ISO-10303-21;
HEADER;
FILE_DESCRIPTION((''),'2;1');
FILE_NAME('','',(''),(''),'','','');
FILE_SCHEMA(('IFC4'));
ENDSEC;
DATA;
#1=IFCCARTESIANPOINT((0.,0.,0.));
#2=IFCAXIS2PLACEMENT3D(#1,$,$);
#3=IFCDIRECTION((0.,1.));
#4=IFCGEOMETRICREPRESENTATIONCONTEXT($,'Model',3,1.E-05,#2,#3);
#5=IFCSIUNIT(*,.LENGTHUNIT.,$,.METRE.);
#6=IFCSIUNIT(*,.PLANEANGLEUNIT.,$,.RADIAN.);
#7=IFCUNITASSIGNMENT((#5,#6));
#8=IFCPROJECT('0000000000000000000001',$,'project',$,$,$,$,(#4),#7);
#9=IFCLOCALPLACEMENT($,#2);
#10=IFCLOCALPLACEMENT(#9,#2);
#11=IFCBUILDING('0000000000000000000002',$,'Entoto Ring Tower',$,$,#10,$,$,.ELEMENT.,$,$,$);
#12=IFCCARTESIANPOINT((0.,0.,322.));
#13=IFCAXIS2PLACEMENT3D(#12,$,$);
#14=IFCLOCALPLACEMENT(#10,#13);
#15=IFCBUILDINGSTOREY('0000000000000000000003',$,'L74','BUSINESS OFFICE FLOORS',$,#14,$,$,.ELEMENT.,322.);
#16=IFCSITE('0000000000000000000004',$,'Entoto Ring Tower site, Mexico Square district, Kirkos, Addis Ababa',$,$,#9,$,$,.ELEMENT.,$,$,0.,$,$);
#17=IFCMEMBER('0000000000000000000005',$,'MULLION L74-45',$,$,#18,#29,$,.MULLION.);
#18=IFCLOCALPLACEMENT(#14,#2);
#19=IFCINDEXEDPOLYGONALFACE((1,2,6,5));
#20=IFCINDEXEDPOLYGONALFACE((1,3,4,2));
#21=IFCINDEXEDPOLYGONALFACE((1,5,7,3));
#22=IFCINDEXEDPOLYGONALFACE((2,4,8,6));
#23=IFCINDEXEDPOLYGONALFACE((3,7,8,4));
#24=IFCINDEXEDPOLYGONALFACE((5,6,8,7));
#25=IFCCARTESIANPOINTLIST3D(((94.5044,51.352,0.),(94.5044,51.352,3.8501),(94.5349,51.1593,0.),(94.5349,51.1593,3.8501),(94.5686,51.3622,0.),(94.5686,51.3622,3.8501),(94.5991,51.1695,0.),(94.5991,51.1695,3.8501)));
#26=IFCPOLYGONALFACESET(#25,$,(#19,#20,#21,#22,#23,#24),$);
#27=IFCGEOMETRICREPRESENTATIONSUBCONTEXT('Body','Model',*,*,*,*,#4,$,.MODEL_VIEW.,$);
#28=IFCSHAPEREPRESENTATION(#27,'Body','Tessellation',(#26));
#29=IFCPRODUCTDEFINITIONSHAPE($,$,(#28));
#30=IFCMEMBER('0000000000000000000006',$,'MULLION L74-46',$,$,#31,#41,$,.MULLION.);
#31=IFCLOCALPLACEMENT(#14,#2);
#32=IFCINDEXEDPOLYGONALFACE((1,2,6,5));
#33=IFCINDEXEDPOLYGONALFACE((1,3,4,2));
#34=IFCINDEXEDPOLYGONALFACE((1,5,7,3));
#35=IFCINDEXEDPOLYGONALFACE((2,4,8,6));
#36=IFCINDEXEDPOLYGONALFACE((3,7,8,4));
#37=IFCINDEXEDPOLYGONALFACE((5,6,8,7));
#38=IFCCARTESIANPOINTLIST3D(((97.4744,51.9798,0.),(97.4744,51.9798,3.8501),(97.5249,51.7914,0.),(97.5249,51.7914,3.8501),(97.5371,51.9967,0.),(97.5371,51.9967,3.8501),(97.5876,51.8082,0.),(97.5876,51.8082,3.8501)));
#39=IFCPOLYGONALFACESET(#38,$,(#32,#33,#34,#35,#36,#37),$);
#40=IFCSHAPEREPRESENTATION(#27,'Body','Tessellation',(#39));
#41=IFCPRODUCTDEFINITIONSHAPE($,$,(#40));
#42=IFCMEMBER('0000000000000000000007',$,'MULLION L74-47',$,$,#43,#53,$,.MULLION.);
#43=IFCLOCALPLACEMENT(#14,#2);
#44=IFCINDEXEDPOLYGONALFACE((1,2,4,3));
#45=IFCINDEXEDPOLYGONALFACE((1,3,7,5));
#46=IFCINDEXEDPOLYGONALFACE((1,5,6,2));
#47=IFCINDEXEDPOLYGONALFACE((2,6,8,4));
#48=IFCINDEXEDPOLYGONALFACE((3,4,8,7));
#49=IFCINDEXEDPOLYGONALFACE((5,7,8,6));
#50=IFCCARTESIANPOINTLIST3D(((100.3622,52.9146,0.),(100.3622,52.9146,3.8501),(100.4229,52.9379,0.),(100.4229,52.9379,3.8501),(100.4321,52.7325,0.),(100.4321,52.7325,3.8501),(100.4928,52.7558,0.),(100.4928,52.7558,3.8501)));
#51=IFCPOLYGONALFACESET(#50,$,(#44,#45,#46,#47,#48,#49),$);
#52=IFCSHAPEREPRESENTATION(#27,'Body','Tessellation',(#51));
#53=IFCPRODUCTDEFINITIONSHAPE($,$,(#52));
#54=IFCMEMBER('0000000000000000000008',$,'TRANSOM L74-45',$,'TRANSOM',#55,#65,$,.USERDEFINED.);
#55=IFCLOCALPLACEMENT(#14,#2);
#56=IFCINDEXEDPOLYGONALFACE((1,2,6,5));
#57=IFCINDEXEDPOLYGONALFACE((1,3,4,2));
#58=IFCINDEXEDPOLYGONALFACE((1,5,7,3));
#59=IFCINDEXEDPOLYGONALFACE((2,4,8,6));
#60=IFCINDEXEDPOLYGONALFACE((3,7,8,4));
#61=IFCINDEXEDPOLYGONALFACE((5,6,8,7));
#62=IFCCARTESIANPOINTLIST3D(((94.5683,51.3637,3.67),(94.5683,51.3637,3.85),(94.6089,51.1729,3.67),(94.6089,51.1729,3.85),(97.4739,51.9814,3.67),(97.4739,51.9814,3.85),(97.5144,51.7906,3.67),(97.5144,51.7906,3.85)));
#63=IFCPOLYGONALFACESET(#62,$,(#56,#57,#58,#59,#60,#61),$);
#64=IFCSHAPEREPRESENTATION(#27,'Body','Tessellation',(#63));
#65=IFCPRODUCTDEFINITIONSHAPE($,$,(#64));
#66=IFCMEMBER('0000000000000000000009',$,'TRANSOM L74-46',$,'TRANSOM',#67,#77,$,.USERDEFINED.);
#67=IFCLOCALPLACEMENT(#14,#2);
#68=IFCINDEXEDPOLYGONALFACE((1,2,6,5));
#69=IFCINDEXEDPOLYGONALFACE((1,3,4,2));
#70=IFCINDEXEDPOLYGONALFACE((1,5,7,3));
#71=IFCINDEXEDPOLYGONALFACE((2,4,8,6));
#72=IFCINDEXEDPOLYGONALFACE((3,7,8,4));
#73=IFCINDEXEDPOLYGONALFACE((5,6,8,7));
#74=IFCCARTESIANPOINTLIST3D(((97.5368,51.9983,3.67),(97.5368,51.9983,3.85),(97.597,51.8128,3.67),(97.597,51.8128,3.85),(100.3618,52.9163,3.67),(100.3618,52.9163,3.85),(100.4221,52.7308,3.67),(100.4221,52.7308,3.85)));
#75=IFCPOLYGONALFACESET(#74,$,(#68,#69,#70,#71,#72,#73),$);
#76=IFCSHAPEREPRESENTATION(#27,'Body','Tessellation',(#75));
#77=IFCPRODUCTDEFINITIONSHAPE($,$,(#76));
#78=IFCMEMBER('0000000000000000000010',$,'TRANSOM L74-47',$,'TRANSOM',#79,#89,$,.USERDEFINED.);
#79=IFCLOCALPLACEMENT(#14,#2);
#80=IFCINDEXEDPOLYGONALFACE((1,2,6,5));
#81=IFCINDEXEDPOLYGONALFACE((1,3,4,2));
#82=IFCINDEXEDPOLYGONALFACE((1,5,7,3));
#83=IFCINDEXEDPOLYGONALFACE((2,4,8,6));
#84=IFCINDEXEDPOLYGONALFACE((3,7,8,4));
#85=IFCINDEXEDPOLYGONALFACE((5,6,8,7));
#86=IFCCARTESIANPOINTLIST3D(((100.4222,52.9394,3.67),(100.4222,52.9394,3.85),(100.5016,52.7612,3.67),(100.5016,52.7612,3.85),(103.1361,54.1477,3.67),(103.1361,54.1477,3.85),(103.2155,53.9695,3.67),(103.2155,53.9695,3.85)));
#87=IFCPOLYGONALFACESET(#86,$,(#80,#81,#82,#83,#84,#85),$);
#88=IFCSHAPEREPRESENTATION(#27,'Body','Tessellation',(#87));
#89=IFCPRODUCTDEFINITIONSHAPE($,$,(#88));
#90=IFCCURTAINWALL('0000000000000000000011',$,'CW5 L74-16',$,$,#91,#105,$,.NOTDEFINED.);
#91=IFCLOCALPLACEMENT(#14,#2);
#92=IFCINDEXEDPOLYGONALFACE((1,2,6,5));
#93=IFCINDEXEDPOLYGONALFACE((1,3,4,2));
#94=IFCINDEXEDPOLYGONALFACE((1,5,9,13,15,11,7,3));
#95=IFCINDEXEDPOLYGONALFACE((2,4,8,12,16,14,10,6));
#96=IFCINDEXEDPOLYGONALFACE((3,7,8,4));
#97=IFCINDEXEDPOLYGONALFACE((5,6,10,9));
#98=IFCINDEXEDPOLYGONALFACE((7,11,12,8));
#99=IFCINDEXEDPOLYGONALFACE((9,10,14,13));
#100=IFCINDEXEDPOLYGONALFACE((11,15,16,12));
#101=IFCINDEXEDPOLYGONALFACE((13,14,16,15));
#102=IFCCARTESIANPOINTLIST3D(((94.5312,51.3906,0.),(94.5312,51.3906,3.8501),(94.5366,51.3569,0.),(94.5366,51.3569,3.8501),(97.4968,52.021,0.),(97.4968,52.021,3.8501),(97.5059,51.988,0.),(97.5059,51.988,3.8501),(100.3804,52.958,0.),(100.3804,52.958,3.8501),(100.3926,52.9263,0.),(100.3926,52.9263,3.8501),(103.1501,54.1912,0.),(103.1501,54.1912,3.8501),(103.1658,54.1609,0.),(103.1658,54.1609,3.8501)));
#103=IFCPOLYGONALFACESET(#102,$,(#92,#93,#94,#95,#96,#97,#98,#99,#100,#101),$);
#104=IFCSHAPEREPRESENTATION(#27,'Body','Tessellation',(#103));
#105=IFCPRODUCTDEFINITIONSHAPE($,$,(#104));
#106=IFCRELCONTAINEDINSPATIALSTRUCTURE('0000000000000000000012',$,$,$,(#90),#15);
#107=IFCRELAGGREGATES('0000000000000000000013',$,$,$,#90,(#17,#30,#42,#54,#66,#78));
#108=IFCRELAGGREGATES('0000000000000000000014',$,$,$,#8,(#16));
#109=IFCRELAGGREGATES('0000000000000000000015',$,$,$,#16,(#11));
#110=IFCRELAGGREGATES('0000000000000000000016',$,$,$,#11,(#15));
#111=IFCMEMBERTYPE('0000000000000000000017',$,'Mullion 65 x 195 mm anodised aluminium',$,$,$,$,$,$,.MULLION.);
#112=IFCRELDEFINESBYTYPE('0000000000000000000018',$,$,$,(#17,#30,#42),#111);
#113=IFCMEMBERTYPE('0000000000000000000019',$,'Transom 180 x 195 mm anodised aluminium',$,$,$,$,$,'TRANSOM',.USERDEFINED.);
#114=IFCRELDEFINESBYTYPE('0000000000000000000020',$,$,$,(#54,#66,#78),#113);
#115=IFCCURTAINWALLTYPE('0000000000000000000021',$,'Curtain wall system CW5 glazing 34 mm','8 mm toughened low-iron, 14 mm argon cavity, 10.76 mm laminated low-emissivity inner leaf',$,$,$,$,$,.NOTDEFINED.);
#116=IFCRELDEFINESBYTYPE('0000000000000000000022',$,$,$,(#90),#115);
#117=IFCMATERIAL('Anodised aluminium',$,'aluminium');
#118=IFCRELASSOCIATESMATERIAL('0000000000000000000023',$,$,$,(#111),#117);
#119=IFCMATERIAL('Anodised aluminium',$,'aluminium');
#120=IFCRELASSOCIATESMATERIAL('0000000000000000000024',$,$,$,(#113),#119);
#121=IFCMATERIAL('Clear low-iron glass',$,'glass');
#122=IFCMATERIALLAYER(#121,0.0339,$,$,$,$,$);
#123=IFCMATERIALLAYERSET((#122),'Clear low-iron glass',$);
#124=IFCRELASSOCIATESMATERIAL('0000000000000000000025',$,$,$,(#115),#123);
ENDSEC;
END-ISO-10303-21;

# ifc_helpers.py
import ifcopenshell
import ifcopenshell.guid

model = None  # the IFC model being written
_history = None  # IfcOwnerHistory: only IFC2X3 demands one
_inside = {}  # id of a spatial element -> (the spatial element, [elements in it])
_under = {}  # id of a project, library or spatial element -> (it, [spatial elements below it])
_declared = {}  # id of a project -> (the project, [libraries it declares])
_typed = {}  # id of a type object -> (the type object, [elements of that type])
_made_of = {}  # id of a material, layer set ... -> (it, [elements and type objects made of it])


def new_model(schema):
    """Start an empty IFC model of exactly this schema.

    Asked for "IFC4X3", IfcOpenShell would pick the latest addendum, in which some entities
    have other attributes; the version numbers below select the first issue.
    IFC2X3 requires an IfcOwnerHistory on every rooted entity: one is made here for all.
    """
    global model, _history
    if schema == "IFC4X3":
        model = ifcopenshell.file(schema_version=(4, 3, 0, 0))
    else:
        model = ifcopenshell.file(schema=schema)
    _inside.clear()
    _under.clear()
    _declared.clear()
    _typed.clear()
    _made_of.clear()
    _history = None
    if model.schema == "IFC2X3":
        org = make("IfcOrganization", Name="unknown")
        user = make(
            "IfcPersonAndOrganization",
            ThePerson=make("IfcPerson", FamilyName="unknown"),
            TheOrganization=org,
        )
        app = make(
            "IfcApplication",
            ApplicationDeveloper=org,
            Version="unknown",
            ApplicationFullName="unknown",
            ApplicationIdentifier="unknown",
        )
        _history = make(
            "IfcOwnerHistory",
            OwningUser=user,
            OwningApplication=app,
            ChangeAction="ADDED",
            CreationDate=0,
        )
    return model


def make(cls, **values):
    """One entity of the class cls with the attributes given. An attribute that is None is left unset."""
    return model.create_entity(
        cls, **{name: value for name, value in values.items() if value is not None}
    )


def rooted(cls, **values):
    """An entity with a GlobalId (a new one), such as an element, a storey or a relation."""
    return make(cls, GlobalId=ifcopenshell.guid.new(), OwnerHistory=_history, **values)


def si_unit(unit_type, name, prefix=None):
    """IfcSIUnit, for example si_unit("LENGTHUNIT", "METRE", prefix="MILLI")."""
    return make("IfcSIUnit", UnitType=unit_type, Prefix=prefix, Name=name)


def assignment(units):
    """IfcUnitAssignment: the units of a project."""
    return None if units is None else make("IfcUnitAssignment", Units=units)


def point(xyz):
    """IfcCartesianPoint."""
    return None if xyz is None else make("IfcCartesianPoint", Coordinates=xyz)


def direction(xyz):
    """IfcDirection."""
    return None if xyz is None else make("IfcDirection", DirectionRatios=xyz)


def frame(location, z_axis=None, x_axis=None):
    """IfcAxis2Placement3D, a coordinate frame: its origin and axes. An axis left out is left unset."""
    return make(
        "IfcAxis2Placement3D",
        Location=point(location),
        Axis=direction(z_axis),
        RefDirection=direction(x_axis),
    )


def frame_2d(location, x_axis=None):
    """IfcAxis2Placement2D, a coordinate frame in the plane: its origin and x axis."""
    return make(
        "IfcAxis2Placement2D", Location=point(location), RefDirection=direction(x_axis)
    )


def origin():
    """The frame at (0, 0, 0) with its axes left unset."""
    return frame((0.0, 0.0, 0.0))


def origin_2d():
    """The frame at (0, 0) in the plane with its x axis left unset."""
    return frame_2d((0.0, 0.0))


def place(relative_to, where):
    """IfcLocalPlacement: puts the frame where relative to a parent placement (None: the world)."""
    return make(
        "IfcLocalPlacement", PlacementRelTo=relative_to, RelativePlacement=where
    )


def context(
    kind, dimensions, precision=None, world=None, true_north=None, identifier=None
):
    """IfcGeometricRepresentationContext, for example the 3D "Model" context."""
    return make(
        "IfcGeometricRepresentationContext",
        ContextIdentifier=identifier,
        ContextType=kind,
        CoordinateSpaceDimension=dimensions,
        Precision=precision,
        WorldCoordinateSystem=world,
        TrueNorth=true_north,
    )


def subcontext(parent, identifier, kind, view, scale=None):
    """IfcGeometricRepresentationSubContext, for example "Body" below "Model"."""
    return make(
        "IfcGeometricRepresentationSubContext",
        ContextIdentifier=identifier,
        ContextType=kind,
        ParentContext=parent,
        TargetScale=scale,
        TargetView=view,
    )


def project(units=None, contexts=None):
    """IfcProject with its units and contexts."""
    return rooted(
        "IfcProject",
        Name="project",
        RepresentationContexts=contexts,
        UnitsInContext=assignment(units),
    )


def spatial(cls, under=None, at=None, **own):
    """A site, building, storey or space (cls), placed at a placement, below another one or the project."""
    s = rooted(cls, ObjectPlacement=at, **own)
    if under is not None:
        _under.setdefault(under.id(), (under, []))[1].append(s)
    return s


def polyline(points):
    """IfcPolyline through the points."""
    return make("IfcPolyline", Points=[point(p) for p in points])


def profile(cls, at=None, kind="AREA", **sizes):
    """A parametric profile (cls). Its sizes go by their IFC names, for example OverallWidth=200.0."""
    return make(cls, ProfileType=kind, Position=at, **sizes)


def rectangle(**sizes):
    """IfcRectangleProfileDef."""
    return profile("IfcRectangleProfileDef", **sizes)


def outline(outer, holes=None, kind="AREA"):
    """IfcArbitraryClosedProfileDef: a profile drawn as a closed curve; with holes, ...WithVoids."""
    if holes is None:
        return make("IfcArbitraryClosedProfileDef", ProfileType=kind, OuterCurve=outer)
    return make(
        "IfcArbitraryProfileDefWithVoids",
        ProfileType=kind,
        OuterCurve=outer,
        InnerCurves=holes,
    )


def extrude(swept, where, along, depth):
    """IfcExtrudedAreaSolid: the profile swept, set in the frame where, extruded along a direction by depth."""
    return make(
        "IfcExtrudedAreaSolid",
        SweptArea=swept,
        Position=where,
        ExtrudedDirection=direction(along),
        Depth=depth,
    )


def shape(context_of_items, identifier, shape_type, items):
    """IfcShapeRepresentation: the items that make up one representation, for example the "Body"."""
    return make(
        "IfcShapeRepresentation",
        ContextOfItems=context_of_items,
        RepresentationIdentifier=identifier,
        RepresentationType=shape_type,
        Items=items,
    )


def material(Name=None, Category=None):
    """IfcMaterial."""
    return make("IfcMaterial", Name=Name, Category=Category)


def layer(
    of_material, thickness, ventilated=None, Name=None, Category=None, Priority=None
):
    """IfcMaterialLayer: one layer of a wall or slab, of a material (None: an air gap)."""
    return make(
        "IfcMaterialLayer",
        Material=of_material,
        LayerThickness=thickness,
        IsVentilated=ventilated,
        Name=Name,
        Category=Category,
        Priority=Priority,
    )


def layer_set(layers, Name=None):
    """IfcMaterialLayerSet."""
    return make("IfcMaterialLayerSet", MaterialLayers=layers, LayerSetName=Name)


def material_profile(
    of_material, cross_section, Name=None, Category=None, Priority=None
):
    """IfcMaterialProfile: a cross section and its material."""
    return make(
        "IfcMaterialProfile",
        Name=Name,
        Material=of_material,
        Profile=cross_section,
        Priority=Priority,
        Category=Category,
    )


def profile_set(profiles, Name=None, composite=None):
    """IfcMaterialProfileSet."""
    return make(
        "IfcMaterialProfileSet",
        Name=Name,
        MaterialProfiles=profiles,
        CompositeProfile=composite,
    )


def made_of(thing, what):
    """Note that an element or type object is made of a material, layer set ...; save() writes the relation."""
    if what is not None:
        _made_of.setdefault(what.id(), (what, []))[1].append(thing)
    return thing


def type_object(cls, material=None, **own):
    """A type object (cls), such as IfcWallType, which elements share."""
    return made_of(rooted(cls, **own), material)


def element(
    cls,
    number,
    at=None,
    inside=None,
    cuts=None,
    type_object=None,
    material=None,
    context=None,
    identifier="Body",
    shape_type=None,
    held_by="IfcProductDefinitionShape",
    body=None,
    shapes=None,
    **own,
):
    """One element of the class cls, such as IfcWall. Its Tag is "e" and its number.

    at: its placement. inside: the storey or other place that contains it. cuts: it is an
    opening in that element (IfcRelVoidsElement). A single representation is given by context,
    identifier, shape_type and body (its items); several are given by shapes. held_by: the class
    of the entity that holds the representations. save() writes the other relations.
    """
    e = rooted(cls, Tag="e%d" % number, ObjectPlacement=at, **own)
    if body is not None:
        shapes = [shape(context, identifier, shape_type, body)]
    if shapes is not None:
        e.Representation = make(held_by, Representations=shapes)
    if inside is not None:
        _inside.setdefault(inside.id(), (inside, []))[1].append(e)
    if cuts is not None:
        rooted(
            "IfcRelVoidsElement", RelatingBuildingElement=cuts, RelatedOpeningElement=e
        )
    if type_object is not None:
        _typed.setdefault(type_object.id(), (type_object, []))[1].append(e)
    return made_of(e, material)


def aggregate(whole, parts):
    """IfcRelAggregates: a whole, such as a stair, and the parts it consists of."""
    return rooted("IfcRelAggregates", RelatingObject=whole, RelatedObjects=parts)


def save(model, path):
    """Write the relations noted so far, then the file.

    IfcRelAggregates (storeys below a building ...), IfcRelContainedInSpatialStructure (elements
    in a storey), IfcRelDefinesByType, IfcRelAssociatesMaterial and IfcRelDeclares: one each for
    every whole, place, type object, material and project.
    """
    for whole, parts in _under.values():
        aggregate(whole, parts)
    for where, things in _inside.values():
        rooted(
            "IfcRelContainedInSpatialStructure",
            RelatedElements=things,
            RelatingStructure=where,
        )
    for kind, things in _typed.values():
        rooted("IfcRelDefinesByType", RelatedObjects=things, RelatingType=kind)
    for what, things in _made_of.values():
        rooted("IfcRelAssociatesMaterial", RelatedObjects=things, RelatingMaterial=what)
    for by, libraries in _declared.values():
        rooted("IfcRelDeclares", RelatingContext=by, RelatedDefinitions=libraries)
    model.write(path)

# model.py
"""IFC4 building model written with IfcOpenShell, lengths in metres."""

from ifc_helpers import new_model, si_unit, direction, frame, origin, origin_2d, place, context, subcontext, project, spatial, polyline, rectangle, outline, extrude, material, layer, layer_set, material_profile, profile_set, type_object, element, aggregate, save


model = new_model("IFC4")

# Units and contexts
model_context = context("Model", 3, precision=1e-05, world=origin(), true_north=direction((0.0, 1.0)))
body_context = subcontext(model_context, "Body", "Model", "MODEL_VIEW")
ifc_project = project(units=[si_unit("LENGTHUNIT", "METRE"), si_unit("PLANEANGLEUNIT", "RADIAN")], contexts=[model_context])

# Members
ifc_material_1 = material(Name="Anodised aluminium", Category="aluminium")
ifc_material_profile_1 = material_profile(ifc_material_1, rectangle(XDim=0.0649, YDim=0.1951, at=origin_2d()), Name="Mullion 65 x 195 mm anodised aluminium")
ifc_profile_set_1 = profile_set([ifc_material_profile_1], Name="Anodised aluminium")
member_type_1 = type_object("IfcMemberType", Name="Mullion 65 x 195 mm anodised aluminium", PredefinedType="MULLION", material=ifc_profile_set_1)
site_placement = place(None, origin())
building_placement = place(site_placement, origin())
storey_placement = place(building_placement, frame((0.0, 0.0, 322.0)))
member_1_placement = place(storey_placement, frame((94.5518, 51.2607, 0.0), z_axis=(0.0, 0.0, 1.0), x_axis=(0.987688, 0.156434, 0.0)))
member_1 = element("IfcMember", 1, at=member_1_placement, type_object=member_type_1, Name="MULLION L74-45", PredefinedType="MULLION", context=body_context, shape_type="SweptSolid", body=[
    extrude(rectangle(XDim=0.0649, YDim=0.1951, at=origin_2d()), origin(), (0.0, 0.0, 1.0), 3.8501),
])
member_2_placement = place(storey_placement, frame((97.531, 51.894, 0.0), z_axis=(0.0, 0.0, 1.0), x_axis=(0.965926, 0.258819, 0.0)))
member_2 = element("IfcMember", 2, at=member_2_placement, type_object=member_type_1, Name="MULLION L74-46", PredefinedType="MULLION", context=body_context, shape_type="SweptSolid", body=[
    extrude(rectangle(XDim=0.0649, YDim=0.1951, at=origin_2d()), origin(), (0.0, 0.0, 1.0), 3.8501),
])
member_3_placement = place(storey_placement, frame((100.4275, 52.8352, 0.0), z_axis=(0.0, 0.0, 1.0), x_axis=(0.93358, 0.358368, 0.0)))
member_3 = element("IfcMember", 3, at=member_3_placement, type_object=member_type_1, Name="MULLION L74-47", PredefinedType="MULLION", context=body_context, shape_type="SweptSolid", body=[
    extrude(rectangle(XDim=0.0649, YDim=0.1951, at=origin_2d()), origin(), (0.0, 0.0, 1.0), 3.8501),
])
ifc_material_2 = material(Name="Anodised aluminium", Category="aluminium")
ifc_material_profile_2 = material_profile(ifc_material_2, rectangle(XDim=0.1951, YDim=0.1799, at=origin_2d()), Name="Transom 180 x 195 mm anodised aluminium")
ifc_profile_set_2 = profile_set([ifc_material_profile_2], Name="Anodised aluminium")
member_type_2 = type_object("IfcMemberType", Name="Transom 180 x 195 mm anodised aluminium", ElementType="TRANSOM", PredefinedType="USERDEFINED", material=ifc_profile_set_2)
member_4_placement = place(storey_placement, frame((94.5886, 51.2683, 3.76), z_axis=(0.978142, 0.20794, 0.0), x_axis=(-0.20794, 0.978142, 0.0)))
member_4 = element("IfcMember", 4, at=member_4_placement, type_object=member_type_2, Name="TRANSOM L74-45", ObjectType="TRANSOM", PredefinedType="USERDEFINED", context=body_context, shape_type="SweptSolid", body=[
    extrude(rectangle(XDim=0.1951, YDim=0.1799, at=origin_2d()), origin(), (0.0, 0.0, 1.0), 2.9705),
])
member_5_placement = place(storey_placement, frame((97.5669, 51.9055, 3.76), z_axis=(0.951048, 0.309043, 0.0), x_axis=(-0.309043, 0.951048, 0.0)))
member_5 = element("IfcMember", 5, at=member_5_placement, type_object=member_type_2, Name="TRANSOM L74-46", ObjectType="TRANSOM", PredefinedType="USERDEFINED", context=body_context, shape_type="SweptSolid", body=[
    extrude(rectangle(XDim=0.1951, YDim=0.1799, at=origin_2d()), origin(), (0.0, 0.0, 1.0), 2.9705),
])
member_6_placement = place(storey_placement, frame((100.4619, 52.8503, 3.76), z_axis=(0.91355, 0.406726, 0.0), x_axis=(-0.406726, 0.91355, 0.0)))
member_6 = element("IfcMember", 6, at=member_6_placement, type_object=member_type_2, Name="TRANSOM L74-47", ObjectType="TRANSOM", PredefinedType="USERDEFINED", context=body_context, shape_type="SweptSolid", body=[
    extrude(rectangle(XDim=0.1951, YDim=0.1799, at=origin_2d()), origin(), (0.0, 0.0, 1.0), 2.9707),
])

# Site, building, storey
site = spatial("IfcSite", under=ifc_project, at=site_placement, Name="Entoto Ring Tower site, Mexico Square district, Kirkos, Addis Ababa", CompositionType="ELEMENT", RefElevation=0.0)
building = spatial("IfcBuilding", under=site, at=building_placement, Name="Entoto Ring Tower", CompositionType="ELEMENT")
storey = spatial("IfcBuildingStorey", under=building, at=storey_placement, Name="L74", Description="BUSINESS OFFICE FLOORS", CompositionType="ELEMENT", Elevation=322.0)

# Curtain wall
ifc_material_3 = material(Name="Clear low-iron glass", Category="glass")
ifc_layer_1 = layer(ifc_material_3, 0.0339)
ifc_layer_set_1 = layer_set([ifc_layer_1], Name="Clear low-iron glass")
curtain_wall_type = type_object("IfcCurtainWallType", Name="Curtain wall system CW5 glazing 34 mm", Description="8 mm toughened low-iron, 14 mm argon cavity, 10.76 mm laminated low-emissivity inner leaf", PredefinedType="NOTDEFINED", material=ifc_layer_set_1)
curtain_wall_1_placement = place(storey_placement, origin())
curtain_wall_1 = element("IfcCurtainWall", 7, at=curtain_wall_1_placement, inside=storey, type_object=curtain_wall_type, Name="CW5 L74-16", PredefinedType="NOTDEFINED", context=body_context, shape_type="SweptSolid", body=[
    extrude(outline(polyline([(94.5366, 51.3569), (97.5059, 51.988), (100.3926, 52.9263), (103.1658, 54.1609), (103.1501, 54.1912), (100.3804, 52.958), (97.4968, 52.021), (94.5312, 51.3906), (94.5366, 51.3569)])), origin(), (0.0, 0.0, 1.0), 3.8501),
])
aggregate(curtain_wall_1, [member_1, member_2, member_3, member_4, member_5, member_6])

save(model, "model.ifc")
